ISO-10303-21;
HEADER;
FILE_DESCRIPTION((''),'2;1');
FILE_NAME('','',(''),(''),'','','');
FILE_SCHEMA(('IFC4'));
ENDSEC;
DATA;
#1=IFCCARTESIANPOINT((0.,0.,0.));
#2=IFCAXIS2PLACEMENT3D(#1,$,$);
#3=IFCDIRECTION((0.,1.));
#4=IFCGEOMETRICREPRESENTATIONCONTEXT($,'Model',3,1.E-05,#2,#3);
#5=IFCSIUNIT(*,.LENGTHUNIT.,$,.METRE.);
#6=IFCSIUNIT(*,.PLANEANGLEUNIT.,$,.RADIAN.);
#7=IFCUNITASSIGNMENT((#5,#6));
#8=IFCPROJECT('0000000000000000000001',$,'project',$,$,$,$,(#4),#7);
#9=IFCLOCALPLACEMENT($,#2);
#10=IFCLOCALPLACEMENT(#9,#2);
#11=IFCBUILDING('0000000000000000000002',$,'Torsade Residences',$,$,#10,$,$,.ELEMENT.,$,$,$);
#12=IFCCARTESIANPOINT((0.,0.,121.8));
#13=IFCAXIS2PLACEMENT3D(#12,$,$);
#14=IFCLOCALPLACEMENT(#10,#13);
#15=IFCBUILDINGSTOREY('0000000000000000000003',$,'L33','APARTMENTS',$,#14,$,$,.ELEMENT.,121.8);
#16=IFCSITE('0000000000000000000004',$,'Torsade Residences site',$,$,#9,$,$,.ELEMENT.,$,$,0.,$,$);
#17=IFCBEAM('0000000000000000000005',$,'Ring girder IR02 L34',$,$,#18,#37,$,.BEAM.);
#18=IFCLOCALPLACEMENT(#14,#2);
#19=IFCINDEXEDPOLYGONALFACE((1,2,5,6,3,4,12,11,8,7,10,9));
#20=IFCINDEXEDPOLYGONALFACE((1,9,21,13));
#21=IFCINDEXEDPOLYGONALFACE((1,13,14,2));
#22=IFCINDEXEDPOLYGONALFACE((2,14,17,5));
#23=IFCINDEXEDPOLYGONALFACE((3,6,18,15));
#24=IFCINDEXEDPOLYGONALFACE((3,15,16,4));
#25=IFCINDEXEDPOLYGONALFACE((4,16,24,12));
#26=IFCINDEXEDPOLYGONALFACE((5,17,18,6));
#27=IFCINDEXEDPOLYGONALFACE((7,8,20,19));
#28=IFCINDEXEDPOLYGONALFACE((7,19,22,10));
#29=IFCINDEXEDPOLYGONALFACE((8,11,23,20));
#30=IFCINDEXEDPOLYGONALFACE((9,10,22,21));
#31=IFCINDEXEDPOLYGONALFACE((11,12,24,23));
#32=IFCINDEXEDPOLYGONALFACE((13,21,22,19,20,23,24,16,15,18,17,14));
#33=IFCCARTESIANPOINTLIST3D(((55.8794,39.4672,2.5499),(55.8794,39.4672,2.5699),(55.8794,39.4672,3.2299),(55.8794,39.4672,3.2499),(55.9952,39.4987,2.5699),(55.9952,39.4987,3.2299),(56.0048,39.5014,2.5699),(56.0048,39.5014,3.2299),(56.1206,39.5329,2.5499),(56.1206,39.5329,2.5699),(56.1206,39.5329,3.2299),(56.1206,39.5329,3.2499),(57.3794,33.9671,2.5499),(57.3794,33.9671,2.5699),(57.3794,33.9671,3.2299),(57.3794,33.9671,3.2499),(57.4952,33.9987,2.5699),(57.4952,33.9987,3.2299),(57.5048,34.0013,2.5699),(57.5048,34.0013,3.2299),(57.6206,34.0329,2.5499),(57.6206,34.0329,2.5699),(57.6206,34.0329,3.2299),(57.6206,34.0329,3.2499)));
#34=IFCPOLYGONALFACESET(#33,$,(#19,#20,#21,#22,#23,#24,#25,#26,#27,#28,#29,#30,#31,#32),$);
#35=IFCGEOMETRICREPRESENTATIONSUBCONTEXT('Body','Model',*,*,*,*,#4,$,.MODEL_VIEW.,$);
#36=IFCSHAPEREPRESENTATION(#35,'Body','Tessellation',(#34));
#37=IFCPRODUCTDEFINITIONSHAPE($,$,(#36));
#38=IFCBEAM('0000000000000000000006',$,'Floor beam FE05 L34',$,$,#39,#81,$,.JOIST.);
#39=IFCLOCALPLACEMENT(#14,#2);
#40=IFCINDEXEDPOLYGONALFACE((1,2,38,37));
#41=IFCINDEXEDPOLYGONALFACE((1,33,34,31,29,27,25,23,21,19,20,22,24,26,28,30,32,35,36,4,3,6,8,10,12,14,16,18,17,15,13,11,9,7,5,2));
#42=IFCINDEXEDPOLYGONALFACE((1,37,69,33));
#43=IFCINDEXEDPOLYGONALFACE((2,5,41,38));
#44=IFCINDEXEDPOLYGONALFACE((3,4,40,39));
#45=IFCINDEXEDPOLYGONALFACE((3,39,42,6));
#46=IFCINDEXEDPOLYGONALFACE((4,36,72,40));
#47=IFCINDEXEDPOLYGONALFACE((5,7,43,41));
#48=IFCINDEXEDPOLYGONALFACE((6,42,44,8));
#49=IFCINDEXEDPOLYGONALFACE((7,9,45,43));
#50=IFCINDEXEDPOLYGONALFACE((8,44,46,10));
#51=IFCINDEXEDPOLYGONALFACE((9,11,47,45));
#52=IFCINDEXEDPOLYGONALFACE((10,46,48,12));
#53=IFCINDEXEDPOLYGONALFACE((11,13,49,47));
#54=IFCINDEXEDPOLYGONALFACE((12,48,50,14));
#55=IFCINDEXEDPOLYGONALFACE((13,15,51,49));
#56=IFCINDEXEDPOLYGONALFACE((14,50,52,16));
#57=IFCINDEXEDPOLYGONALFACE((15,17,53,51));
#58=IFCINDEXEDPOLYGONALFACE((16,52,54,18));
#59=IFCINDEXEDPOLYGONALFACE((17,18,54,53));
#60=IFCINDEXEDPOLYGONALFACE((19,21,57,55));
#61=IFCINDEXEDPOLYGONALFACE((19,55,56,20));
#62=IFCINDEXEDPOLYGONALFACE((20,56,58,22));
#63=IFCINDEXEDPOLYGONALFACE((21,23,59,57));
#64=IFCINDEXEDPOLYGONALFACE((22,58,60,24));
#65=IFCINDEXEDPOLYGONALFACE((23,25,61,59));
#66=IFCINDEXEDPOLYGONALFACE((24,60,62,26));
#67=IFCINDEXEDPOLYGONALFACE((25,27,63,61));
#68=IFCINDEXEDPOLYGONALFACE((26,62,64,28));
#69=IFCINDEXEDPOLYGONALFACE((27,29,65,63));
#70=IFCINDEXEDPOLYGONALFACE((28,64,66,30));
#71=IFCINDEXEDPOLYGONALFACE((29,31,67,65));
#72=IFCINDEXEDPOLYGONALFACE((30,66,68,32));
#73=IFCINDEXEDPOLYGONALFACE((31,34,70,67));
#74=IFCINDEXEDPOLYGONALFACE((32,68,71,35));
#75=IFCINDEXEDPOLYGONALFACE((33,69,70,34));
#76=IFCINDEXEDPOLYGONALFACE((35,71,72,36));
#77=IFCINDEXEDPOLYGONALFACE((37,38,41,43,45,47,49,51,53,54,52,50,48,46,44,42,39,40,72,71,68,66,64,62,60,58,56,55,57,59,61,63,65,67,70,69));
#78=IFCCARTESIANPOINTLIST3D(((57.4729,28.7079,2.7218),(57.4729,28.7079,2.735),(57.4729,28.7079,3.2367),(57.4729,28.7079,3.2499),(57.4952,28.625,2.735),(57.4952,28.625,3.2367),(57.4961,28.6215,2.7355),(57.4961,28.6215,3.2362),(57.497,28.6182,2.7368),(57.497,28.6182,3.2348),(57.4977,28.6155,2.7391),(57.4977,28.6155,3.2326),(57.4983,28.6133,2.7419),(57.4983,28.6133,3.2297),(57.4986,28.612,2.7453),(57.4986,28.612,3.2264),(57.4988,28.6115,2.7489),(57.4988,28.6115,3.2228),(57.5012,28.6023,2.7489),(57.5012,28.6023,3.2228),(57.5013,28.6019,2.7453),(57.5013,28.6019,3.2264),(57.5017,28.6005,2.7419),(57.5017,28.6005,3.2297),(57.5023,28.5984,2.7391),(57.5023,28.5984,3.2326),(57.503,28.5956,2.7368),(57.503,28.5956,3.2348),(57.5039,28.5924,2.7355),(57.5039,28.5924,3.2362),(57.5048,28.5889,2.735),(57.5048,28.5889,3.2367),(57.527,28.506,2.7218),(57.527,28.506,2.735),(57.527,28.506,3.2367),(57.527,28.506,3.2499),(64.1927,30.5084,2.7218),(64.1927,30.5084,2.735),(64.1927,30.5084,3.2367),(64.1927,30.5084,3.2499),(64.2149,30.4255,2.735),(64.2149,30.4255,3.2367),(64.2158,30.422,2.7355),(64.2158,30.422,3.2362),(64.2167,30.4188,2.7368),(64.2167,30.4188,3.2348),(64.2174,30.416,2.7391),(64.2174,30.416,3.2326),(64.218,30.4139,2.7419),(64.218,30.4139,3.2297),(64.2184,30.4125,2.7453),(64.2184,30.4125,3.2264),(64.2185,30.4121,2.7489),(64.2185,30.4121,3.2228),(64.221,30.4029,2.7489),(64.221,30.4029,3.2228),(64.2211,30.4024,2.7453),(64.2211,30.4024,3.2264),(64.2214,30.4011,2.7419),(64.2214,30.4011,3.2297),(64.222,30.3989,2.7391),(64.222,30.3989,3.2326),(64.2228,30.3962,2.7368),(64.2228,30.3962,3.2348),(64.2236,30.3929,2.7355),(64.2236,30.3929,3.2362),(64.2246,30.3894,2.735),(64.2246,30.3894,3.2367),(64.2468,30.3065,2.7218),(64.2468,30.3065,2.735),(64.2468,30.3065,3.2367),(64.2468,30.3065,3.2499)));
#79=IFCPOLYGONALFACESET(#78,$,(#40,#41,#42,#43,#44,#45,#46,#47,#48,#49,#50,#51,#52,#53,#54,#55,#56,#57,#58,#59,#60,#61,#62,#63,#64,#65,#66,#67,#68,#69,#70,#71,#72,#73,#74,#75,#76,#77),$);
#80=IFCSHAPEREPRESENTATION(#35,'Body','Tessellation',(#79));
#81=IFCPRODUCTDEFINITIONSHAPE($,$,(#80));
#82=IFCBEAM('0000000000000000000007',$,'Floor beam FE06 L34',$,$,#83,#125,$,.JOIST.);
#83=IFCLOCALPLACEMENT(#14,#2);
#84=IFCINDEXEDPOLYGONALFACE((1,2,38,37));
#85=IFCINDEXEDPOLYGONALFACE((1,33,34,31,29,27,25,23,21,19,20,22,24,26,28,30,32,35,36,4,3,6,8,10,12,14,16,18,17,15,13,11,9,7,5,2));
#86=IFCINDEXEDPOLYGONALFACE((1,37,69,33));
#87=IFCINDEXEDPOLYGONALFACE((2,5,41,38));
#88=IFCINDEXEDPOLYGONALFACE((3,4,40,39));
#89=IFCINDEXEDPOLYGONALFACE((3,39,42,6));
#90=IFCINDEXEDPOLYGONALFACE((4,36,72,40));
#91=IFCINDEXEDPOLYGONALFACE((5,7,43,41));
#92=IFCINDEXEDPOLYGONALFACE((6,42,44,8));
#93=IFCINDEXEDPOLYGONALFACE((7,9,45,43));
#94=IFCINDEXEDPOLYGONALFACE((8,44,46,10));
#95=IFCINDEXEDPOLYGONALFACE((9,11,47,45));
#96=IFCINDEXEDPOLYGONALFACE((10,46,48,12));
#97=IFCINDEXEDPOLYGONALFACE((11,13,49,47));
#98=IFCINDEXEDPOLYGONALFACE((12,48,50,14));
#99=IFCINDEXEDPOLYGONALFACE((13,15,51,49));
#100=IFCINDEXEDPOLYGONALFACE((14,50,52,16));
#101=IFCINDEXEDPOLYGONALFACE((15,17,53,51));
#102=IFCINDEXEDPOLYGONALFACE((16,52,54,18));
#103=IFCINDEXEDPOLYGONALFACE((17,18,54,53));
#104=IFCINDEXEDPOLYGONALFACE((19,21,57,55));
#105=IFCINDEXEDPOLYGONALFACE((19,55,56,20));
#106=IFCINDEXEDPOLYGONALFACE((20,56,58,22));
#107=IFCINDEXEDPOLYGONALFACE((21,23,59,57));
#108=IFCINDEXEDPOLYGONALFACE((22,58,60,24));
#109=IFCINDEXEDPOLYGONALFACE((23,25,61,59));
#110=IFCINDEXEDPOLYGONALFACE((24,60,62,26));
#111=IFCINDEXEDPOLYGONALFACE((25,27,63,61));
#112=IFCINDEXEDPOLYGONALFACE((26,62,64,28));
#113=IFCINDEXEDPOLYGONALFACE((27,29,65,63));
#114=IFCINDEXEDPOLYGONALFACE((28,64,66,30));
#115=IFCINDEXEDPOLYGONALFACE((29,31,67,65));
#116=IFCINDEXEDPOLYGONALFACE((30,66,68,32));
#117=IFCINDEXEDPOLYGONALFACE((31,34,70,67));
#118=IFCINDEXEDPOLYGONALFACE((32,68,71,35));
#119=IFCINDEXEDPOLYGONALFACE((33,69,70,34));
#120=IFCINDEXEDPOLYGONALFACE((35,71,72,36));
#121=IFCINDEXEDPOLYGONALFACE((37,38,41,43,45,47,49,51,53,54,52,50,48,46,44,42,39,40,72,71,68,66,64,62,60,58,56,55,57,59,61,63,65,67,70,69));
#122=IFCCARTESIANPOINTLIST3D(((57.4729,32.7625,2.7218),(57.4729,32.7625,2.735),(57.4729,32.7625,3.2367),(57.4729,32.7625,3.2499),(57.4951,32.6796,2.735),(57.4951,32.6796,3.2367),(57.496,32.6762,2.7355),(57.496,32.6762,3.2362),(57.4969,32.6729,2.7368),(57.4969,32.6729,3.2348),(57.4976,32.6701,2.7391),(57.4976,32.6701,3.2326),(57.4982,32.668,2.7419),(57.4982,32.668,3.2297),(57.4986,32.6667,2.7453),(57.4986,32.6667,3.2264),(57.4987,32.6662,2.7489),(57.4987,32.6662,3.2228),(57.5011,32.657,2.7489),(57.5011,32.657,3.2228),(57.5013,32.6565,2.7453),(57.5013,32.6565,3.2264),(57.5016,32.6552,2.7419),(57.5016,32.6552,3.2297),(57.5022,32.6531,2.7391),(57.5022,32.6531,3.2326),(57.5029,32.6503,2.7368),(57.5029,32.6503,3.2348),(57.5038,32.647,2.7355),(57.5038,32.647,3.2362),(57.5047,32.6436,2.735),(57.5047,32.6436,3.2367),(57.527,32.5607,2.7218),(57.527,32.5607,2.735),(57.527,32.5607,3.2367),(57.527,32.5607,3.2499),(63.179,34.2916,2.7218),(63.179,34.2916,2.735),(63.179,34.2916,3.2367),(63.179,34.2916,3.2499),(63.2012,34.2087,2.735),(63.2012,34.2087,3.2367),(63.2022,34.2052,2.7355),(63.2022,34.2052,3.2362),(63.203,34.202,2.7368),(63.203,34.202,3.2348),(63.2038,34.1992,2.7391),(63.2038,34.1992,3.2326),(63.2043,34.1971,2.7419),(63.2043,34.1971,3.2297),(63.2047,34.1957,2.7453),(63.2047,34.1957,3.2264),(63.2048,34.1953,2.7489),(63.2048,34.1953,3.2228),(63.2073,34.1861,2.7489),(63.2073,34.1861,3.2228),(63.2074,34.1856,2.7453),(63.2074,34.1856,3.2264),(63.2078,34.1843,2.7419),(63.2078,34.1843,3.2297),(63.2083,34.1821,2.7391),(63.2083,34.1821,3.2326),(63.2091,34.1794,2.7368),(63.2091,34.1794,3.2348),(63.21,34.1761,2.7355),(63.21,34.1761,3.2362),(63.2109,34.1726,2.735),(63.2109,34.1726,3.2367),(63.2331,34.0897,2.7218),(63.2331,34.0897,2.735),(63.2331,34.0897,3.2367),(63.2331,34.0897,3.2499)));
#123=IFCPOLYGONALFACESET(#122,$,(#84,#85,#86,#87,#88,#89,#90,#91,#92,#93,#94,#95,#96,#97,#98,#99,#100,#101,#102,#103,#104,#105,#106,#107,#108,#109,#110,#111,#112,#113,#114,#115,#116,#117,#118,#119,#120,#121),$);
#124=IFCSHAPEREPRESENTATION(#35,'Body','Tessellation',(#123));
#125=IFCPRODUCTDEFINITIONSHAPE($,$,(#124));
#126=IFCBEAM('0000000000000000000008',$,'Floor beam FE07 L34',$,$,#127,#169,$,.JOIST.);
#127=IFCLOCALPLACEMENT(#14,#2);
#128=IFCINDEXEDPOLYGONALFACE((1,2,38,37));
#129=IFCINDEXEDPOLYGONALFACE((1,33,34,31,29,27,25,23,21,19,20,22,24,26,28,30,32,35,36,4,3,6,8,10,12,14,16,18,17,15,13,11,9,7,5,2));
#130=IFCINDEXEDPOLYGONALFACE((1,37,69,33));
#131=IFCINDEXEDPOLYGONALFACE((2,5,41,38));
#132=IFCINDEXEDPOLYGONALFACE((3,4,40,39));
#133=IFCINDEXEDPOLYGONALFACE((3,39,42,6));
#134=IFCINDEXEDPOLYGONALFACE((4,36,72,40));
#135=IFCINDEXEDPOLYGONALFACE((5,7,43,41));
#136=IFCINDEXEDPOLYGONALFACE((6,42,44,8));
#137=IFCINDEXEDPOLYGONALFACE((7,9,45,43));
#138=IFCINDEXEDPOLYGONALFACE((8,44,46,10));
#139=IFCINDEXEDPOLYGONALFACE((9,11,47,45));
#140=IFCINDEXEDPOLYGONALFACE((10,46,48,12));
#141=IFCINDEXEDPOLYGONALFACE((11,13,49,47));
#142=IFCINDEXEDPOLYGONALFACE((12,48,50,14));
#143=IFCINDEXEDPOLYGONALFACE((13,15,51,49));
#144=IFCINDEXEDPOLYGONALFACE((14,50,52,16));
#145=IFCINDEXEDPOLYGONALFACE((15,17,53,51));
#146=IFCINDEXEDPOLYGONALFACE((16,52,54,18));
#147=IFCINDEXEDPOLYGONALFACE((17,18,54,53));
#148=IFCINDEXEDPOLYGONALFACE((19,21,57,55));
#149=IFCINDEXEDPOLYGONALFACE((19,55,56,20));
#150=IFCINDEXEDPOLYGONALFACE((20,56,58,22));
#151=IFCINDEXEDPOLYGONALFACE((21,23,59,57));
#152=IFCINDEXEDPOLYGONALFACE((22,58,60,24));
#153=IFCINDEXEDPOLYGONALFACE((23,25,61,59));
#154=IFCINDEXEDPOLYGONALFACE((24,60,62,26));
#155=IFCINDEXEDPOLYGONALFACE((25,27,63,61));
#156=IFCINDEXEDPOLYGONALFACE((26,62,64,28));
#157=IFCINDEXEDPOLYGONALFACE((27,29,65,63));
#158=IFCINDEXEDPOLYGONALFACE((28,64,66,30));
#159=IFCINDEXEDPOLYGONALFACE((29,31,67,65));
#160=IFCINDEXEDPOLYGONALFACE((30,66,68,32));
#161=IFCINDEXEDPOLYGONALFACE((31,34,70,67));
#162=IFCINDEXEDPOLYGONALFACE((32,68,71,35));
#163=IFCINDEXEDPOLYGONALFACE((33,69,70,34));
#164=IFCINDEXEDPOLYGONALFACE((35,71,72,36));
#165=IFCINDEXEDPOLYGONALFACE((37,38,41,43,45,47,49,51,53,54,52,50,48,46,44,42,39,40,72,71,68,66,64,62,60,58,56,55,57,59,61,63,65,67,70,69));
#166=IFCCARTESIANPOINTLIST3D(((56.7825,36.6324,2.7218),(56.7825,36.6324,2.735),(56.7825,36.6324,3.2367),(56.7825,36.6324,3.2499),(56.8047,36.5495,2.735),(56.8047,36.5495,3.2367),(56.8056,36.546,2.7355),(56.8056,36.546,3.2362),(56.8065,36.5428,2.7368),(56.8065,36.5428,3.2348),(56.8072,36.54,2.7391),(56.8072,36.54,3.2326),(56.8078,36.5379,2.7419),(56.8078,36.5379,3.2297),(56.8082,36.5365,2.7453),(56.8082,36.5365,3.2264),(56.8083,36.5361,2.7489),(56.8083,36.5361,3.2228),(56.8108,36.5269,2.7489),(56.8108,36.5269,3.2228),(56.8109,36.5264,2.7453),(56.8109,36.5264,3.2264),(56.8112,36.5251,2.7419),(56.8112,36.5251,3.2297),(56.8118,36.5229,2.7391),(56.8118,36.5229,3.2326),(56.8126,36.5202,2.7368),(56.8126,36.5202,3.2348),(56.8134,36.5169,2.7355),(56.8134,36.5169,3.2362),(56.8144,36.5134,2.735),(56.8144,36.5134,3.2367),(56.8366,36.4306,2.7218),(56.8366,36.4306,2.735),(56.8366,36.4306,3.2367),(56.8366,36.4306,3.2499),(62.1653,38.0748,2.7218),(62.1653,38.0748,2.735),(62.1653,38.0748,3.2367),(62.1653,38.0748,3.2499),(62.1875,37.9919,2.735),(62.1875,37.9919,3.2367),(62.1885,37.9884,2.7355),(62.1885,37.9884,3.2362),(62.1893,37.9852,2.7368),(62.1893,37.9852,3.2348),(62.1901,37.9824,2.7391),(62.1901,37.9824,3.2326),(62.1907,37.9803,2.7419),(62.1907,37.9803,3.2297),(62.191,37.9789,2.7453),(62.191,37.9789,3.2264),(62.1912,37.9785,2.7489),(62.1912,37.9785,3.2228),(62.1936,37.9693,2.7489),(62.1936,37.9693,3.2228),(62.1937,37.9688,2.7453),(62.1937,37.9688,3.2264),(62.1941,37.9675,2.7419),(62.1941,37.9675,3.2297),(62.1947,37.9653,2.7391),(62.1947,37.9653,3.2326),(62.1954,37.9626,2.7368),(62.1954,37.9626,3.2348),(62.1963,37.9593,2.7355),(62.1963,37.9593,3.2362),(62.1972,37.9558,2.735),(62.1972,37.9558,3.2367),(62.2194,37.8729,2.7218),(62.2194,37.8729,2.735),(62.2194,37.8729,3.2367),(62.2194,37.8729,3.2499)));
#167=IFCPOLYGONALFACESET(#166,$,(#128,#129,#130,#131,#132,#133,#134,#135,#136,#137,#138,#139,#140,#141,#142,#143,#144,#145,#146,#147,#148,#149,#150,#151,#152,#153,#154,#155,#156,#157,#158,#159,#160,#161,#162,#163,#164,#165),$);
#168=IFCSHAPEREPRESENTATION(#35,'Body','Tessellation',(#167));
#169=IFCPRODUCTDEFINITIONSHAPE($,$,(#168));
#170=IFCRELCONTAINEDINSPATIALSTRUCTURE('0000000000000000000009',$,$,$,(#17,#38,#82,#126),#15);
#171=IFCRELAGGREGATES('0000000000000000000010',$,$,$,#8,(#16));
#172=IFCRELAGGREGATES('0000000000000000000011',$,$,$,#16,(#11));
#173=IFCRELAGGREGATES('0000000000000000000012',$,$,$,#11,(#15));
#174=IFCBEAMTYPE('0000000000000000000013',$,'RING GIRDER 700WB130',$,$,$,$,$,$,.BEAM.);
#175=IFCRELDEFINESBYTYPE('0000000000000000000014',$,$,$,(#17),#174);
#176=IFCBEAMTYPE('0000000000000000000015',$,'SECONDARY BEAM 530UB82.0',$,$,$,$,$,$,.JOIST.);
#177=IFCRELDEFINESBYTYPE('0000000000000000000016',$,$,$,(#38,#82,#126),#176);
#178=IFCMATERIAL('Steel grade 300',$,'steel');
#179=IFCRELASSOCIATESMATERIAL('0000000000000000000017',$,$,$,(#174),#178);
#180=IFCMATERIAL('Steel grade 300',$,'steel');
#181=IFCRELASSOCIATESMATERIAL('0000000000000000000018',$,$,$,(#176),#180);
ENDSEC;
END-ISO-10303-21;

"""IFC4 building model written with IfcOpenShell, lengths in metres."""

from ifc_helpers import new_model, si_unit, direction, frame, origin, origin_2d, place, context, subcontext, project, spatial, i_section, extrude, material, material_profile, profile_set, type_object, element, save


model = new_model("IFC4")

# Units and contexts
model_context = context("Model", 3, precision=1e-05, world=origin(), true_north=direction((0.0, 1.0)))
body_context = subcontext(model_context, "Body", "Model", "MODEL_VIEW")
ifc_project = project(units=[si_unit("LENGTHUNIT", "METRE"), si_unit("PLANEANGLEUNIT", "RADIAN")], contexts=[model_context])

# Site, building, storey
site_placement = place(None, origin())
site = spatial("IfcSite", under=ifc_project, at=site_placement, Name="Torsade Residences site", CompositionType="ELEMENT", RefElevation=0.0)
building_placement = place(site_placement, origin())
building = spatial("IfcBuilding", under=site, at=building_placement, Name="Torsade Residences", CompositionType="ELEMENT")
storey_placement = place(building_placement, frame((0.0, 0.0, 121.8)))
storey = spatial("IfcBuildingStorey", under=building, at=storey_placement, Name="L33", Description="APARTMENTS", CompositionType="ELEMENT", Elevation=121.8)

# Beams
ifc_material_1 = material(Name="Steel grade 300", Category="steel")
ifc_material_profile_1 = material_profile(ifc_material_1, i_section(OverallWidth=0.25, OverallDepth=0.7, WebThickness=0.01, FlangeThickness=0.02, at=origin_2d()), Name="700WB130")
ifc_profile_set_1 = profile_set([ifc_material_profile_1], Name="Steel grade 300")
beam_type_1 = type_object("IfcBeamType", Name="RING GIRDER 700WB130", PredefinedType="BEAM", material=ifc_profile_set_1)
beam_1_placement = place(storey_placement, frame((57.5, 34.0, 2.8999), z_axis=(-0.263117, 0.964764, 0.0), x_axis=(-0.964764, -0.263117, 0.0)))
element("IfcBeam", 1, at=beam_1_placement, inside=storey, type_object=beam_type_1, Name="Ring girder IR02 L34", PredefinedType="BEAM", context=body_context, shape_type="SweptSolid", body=[
    extrude(i_section(OverallWidth=0.25, OverallDepth=0.7, WebThickness=0.01, FlangeThickness=0.02, at=origin_2d()), origin(), (0.0, 0.0, 1.0), 5.7009),
])
ifc_material_2 = material(Name="Steel grade 300", Category="steel")
ifc_material_profile_2 = material_profile(ifc_material_2, i_section(OverallWidth=0.209, OverallDepth=0.5281, WebThickness=0.0095, FlangeThickness=0.0132, FilletRadius=0.0139, at=origin_2d()), Name="530UB82.0")
ifc_profile_set_2 = profile_set([ifc_material_profile_2], Name="Steel grade 300")
beam_type_2 = type_object("IfcBeamType", Name="SECONDARY BEAM 530UB82.0", PredefinedType="JOIST", material=ifc_profile_set_2)
beam_2_placement = place(storey_placement, frame((64.2197, 30.4075, 2.9858), z_axis=(-0.965926, -0.258818, 0.0), x_axis=(0.258818, -0.965926, 0.0)))
element("IfcBeam", 2, at=beam_2_placement, inside=storey, type_object=beam_type_2, Name="Floor beam FE05 L34", PredefinedType="JOIST", context=body_context, shape_type="SweptSolid", body=[
    extrude(i_section(OverallWidth=0.209, OverallDepth=0.5281, WebThickness=0.0095, FlangeThickness=0.0132, FilletRadius=0.0139, at=origin_2d()), origin(), (0.0, 0.0, 1.0), 6.9568),
])
beam_3_placement = place(storey_placement, frame((63.2061, 34.1907, 2.9858), z_axis=(-0.965921, -0.258838, 0.0), x_axis=(0.258838, -0.965921, 0.0)))
element("IfcBeam", 3, at=beam_3_placement, inside=storey, type_object=beam_type_2, Name="Floor beam FE06 L34", PredefinedType="JOIST", context=body_context, shape_type="SweptSolid", body=[
    extrude(i_section(OverallWidth=0.209, OverallDepth=0.5281, WebThickness=0.0095, FlangeThickness=0.0132, FilletRadius=0.0139, at=origin_2d()), origin(), (0.0, 0.0, 1.0), 5.9075),
])
beam_4_placement = place(storey_placement, frame((62.1924, 37.9739, 2.9858), z_axis=(-0.965923, -0.25883, 0.0), x_axis=(0.25883, -0.965923, 0.0)))
element("IfcBeam", 4, at=beam_4_placement, inside=storey, type_object=beam_type_2, Name="Floor beam FE07 L34", PredefinedType="JOIST", context=body_context, shape_type="SweptSolid", body=[
    extrude(i_section(OverallWidth=0.209, OverallDepth=0.5281, WebThickness=0.0095, FlangeThickness=0.0132, FilletRadius=0.0139, at=origin_2d()), origin(), (0.0, 0.0, 1.0), 5.5728),
])

save(model, "model.ifc")
